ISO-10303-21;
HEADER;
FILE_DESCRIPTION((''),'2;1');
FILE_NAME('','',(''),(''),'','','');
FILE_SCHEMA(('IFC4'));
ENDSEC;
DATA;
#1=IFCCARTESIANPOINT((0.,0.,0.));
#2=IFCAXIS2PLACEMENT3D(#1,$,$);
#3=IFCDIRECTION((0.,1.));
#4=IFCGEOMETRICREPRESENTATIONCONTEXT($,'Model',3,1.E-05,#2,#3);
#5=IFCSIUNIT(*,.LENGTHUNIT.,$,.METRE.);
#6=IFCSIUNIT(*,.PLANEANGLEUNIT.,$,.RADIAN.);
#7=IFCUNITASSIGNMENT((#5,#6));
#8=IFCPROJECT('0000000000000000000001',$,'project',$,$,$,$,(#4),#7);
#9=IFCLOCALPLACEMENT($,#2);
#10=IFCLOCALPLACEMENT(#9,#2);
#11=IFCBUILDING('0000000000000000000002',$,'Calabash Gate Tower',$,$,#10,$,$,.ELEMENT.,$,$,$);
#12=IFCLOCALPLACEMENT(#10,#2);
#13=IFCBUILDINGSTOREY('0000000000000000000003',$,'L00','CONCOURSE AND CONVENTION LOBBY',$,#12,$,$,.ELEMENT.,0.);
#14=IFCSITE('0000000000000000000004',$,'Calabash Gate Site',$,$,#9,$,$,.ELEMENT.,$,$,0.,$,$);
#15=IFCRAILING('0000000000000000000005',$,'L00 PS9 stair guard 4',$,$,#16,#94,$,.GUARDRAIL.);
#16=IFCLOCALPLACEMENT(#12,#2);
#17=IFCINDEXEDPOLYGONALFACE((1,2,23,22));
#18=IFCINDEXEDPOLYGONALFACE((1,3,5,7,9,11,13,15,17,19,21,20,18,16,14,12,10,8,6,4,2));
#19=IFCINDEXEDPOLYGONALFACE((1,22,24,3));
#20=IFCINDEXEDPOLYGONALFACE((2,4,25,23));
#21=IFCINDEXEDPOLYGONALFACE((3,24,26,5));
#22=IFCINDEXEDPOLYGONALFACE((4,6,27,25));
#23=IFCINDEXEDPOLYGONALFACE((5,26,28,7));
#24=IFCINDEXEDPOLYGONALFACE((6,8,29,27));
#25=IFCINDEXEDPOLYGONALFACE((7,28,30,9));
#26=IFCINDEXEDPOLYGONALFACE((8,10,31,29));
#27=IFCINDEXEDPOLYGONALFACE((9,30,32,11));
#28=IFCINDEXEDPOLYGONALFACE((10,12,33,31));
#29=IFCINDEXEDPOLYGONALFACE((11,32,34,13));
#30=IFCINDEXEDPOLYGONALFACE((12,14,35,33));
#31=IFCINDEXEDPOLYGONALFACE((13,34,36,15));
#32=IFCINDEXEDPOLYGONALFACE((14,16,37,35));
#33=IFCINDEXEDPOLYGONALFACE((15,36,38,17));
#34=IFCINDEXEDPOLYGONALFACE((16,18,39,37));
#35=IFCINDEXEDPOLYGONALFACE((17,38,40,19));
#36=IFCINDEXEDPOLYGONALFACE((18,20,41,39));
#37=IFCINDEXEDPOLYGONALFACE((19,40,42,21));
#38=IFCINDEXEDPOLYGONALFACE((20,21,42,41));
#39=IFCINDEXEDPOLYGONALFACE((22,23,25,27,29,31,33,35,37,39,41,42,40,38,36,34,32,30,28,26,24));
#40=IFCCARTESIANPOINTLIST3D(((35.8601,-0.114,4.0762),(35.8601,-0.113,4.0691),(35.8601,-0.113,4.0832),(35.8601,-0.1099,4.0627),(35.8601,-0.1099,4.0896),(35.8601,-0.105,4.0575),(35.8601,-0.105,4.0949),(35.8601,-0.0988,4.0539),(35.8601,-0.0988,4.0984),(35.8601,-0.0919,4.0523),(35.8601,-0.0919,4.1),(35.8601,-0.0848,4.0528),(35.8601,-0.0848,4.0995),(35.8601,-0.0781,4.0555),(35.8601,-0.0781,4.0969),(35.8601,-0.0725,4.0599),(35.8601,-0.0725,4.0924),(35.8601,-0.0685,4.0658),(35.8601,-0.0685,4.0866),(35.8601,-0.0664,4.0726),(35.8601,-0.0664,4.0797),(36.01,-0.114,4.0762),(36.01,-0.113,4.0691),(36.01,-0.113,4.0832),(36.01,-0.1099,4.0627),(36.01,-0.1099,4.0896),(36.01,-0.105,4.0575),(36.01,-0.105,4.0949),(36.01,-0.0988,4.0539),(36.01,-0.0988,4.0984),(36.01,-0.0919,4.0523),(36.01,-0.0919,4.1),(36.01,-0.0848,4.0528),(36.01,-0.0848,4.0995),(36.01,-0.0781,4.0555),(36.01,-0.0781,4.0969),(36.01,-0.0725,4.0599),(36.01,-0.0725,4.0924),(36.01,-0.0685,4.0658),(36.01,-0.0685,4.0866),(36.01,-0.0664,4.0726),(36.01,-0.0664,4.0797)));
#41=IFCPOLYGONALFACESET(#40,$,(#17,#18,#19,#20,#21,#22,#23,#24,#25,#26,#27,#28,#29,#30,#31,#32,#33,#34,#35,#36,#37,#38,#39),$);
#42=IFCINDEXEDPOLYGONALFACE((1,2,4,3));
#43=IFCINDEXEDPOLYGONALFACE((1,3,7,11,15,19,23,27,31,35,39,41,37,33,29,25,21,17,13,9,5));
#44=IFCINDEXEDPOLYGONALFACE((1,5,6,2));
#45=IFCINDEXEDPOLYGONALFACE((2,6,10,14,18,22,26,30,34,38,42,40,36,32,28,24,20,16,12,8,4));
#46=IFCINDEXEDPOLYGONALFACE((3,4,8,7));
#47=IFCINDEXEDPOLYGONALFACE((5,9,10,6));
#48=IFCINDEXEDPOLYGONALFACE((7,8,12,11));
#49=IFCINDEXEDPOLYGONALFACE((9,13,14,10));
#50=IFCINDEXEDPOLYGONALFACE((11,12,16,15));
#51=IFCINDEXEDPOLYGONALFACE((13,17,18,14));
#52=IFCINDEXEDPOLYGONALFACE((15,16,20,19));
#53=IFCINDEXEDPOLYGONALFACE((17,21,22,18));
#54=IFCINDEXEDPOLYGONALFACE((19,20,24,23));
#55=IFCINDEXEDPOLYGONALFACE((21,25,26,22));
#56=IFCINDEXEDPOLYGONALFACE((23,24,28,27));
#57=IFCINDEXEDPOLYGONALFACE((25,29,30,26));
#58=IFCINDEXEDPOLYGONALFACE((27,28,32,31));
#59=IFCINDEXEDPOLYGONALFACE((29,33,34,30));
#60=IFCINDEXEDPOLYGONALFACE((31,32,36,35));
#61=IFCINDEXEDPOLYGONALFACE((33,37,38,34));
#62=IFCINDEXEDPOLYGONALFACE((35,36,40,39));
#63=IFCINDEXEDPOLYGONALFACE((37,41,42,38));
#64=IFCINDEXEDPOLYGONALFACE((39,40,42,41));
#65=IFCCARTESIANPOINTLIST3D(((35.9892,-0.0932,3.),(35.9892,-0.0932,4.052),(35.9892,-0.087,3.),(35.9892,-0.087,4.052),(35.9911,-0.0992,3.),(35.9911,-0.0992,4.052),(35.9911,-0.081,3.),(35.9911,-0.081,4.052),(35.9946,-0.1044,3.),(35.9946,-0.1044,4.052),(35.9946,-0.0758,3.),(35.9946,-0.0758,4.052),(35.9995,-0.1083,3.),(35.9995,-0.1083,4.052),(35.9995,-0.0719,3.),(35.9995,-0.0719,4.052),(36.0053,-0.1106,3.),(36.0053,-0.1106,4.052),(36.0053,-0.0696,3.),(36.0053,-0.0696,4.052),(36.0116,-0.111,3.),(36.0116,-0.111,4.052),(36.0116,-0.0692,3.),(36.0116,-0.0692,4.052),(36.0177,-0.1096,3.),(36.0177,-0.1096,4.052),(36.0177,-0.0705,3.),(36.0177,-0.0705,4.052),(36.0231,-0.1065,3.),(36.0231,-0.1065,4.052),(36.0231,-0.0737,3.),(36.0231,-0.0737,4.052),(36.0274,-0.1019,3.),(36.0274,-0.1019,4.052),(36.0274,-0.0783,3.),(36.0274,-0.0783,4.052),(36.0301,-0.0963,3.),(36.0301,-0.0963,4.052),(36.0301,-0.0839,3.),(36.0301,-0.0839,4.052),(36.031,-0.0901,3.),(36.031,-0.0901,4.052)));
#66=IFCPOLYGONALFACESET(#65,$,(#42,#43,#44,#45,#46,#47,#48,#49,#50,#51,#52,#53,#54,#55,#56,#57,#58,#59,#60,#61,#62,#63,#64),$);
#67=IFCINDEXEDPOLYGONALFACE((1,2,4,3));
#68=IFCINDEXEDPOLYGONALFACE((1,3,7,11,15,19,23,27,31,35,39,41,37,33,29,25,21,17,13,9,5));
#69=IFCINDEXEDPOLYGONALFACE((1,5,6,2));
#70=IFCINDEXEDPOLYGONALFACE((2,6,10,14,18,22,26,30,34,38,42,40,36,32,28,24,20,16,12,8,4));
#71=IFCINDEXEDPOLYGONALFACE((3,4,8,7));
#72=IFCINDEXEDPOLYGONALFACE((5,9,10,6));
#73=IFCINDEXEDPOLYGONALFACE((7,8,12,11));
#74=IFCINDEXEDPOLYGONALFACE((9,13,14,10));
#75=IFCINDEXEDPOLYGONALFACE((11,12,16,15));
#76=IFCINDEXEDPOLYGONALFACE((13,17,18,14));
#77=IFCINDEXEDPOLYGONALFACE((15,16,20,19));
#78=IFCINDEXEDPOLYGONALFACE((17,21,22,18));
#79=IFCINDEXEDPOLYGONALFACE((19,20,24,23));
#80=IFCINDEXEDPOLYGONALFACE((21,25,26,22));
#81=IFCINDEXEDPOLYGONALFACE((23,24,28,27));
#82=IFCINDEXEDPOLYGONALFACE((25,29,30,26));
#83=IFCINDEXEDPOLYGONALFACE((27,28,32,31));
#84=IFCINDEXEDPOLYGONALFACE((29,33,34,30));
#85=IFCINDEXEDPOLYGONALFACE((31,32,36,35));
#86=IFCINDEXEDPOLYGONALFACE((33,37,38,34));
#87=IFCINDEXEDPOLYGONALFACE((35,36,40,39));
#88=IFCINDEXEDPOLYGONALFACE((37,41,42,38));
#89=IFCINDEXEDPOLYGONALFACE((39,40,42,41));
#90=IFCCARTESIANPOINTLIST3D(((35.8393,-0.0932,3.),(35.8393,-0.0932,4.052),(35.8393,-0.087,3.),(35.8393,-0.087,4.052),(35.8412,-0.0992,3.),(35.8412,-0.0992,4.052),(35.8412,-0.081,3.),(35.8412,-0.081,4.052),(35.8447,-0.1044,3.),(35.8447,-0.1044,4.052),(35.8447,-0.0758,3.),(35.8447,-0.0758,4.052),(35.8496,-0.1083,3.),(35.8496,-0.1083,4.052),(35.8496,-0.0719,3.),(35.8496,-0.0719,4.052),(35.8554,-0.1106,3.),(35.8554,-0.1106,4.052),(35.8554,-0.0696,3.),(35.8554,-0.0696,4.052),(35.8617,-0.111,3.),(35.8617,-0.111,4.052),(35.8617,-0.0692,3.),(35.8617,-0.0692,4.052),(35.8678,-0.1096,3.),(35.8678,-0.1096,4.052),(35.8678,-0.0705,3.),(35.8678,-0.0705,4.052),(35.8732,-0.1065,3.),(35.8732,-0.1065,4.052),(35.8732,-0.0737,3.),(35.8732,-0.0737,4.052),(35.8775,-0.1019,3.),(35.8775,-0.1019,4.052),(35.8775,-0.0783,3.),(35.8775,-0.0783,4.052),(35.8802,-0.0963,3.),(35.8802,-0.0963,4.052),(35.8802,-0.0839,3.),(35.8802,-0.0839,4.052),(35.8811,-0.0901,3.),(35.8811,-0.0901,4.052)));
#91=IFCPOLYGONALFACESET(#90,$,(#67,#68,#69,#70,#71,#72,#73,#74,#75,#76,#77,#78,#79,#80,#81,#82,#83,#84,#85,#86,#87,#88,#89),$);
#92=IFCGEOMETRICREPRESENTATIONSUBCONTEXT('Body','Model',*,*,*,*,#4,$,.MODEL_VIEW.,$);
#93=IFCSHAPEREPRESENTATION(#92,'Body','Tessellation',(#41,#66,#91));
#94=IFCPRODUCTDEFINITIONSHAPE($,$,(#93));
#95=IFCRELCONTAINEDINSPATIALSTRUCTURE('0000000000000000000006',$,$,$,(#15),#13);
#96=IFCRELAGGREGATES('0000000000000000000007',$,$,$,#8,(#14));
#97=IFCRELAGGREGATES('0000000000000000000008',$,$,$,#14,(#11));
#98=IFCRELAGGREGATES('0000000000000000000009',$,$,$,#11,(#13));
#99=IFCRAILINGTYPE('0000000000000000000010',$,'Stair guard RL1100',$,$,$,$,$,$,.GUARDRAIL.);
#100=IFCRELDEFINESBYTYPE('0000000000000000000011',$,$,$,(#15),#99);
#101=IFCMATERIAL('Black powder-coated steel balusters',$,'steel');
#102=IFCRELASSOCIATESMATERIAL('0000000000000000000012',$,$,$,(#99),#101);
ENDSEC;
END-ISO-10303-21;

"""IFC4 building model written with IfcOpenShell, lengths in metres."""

from ifc_helpers import new_model, si_unit, direction, frame, origin, origin_2d, place, context, subcontext, project, spatial, circle, extrude, material, type_object, element, save


model = new_model("IFC4")

# Units and contexts
model_context = context("Model", 3, precision=1e-05, world=origin(), true_north=direction((0.0, 1.0)))
body_context = subcontext(model_context, "Body", "Model", "MODEL_VIEW")
ifc_project = project(units=[si_unit("LENGTHUNIT", "METRE"), si_unit("PLANEANGLEUNIT", "RADIAN")], contexts=[model_context])

# Site, building, storey
site_placement = place(None, origin())
site = spatial("IfcSite", under=ifc_project, at=site_placement, Name="Calabash Gate Site", CompositionType="ELEMENT", RefElevation=0.0)
building_placement = place(site_placement, origin())
building = spatial("IfcBuilding", under=site, at=building_placement, Name="Calabash Gate Tower", CompositionType="ELEMENT")
storey_placement = place(building_placement, origin())
storey = spatial("IfcBuildingStorey", under=building, at=storey_placement, Name="L00", Description="CONCOURSE AND CONVENTION LOBBY", CompositionType="ELEMENT", Elevation=0.0)

# Railing
ifc_material_1 = material(Name="Black powder-coated steel balusters", Category="steel")
railing_type_1 = type_object("IfcRailingType", Name="Stair guard RL1100", PredefinedType="GUARDRAIL", material=ifc_material_1)
railing_1_placement = place(storey_placement, frame((36.01, -0.0901, 3.0)))
element("IfcRailing", 1, at=railing_1_placement, inside=storey, type_object=railing_type_1, Name="L00 PS9 stair guard 4", PredefinedType="GUARDRAIL", context=body_context, shape_type="SweptSolid", body=[
    extrude(circle(Radius=0.0239, at=origin_2d()), frame((0.0, 0.0, 1.0762), z_axis=(-1.0, 0.0, 0.0), x_axis=(0.0, -1.0, 0.0)), (0.0, 0.0, 1.0), 0.1499),
    extrude(circle(Radius=0.021, at=origin_2d()), origin(), (0.0, 0.0, 1.0), 1.052),
    extrude(circle(Radius=0.021, at=origin_2d()), frame((-0.1499, 0.0, 0.0)), (0.0, 0.0, 1.0), 1.052),
])

save(model, "model.ifc")
